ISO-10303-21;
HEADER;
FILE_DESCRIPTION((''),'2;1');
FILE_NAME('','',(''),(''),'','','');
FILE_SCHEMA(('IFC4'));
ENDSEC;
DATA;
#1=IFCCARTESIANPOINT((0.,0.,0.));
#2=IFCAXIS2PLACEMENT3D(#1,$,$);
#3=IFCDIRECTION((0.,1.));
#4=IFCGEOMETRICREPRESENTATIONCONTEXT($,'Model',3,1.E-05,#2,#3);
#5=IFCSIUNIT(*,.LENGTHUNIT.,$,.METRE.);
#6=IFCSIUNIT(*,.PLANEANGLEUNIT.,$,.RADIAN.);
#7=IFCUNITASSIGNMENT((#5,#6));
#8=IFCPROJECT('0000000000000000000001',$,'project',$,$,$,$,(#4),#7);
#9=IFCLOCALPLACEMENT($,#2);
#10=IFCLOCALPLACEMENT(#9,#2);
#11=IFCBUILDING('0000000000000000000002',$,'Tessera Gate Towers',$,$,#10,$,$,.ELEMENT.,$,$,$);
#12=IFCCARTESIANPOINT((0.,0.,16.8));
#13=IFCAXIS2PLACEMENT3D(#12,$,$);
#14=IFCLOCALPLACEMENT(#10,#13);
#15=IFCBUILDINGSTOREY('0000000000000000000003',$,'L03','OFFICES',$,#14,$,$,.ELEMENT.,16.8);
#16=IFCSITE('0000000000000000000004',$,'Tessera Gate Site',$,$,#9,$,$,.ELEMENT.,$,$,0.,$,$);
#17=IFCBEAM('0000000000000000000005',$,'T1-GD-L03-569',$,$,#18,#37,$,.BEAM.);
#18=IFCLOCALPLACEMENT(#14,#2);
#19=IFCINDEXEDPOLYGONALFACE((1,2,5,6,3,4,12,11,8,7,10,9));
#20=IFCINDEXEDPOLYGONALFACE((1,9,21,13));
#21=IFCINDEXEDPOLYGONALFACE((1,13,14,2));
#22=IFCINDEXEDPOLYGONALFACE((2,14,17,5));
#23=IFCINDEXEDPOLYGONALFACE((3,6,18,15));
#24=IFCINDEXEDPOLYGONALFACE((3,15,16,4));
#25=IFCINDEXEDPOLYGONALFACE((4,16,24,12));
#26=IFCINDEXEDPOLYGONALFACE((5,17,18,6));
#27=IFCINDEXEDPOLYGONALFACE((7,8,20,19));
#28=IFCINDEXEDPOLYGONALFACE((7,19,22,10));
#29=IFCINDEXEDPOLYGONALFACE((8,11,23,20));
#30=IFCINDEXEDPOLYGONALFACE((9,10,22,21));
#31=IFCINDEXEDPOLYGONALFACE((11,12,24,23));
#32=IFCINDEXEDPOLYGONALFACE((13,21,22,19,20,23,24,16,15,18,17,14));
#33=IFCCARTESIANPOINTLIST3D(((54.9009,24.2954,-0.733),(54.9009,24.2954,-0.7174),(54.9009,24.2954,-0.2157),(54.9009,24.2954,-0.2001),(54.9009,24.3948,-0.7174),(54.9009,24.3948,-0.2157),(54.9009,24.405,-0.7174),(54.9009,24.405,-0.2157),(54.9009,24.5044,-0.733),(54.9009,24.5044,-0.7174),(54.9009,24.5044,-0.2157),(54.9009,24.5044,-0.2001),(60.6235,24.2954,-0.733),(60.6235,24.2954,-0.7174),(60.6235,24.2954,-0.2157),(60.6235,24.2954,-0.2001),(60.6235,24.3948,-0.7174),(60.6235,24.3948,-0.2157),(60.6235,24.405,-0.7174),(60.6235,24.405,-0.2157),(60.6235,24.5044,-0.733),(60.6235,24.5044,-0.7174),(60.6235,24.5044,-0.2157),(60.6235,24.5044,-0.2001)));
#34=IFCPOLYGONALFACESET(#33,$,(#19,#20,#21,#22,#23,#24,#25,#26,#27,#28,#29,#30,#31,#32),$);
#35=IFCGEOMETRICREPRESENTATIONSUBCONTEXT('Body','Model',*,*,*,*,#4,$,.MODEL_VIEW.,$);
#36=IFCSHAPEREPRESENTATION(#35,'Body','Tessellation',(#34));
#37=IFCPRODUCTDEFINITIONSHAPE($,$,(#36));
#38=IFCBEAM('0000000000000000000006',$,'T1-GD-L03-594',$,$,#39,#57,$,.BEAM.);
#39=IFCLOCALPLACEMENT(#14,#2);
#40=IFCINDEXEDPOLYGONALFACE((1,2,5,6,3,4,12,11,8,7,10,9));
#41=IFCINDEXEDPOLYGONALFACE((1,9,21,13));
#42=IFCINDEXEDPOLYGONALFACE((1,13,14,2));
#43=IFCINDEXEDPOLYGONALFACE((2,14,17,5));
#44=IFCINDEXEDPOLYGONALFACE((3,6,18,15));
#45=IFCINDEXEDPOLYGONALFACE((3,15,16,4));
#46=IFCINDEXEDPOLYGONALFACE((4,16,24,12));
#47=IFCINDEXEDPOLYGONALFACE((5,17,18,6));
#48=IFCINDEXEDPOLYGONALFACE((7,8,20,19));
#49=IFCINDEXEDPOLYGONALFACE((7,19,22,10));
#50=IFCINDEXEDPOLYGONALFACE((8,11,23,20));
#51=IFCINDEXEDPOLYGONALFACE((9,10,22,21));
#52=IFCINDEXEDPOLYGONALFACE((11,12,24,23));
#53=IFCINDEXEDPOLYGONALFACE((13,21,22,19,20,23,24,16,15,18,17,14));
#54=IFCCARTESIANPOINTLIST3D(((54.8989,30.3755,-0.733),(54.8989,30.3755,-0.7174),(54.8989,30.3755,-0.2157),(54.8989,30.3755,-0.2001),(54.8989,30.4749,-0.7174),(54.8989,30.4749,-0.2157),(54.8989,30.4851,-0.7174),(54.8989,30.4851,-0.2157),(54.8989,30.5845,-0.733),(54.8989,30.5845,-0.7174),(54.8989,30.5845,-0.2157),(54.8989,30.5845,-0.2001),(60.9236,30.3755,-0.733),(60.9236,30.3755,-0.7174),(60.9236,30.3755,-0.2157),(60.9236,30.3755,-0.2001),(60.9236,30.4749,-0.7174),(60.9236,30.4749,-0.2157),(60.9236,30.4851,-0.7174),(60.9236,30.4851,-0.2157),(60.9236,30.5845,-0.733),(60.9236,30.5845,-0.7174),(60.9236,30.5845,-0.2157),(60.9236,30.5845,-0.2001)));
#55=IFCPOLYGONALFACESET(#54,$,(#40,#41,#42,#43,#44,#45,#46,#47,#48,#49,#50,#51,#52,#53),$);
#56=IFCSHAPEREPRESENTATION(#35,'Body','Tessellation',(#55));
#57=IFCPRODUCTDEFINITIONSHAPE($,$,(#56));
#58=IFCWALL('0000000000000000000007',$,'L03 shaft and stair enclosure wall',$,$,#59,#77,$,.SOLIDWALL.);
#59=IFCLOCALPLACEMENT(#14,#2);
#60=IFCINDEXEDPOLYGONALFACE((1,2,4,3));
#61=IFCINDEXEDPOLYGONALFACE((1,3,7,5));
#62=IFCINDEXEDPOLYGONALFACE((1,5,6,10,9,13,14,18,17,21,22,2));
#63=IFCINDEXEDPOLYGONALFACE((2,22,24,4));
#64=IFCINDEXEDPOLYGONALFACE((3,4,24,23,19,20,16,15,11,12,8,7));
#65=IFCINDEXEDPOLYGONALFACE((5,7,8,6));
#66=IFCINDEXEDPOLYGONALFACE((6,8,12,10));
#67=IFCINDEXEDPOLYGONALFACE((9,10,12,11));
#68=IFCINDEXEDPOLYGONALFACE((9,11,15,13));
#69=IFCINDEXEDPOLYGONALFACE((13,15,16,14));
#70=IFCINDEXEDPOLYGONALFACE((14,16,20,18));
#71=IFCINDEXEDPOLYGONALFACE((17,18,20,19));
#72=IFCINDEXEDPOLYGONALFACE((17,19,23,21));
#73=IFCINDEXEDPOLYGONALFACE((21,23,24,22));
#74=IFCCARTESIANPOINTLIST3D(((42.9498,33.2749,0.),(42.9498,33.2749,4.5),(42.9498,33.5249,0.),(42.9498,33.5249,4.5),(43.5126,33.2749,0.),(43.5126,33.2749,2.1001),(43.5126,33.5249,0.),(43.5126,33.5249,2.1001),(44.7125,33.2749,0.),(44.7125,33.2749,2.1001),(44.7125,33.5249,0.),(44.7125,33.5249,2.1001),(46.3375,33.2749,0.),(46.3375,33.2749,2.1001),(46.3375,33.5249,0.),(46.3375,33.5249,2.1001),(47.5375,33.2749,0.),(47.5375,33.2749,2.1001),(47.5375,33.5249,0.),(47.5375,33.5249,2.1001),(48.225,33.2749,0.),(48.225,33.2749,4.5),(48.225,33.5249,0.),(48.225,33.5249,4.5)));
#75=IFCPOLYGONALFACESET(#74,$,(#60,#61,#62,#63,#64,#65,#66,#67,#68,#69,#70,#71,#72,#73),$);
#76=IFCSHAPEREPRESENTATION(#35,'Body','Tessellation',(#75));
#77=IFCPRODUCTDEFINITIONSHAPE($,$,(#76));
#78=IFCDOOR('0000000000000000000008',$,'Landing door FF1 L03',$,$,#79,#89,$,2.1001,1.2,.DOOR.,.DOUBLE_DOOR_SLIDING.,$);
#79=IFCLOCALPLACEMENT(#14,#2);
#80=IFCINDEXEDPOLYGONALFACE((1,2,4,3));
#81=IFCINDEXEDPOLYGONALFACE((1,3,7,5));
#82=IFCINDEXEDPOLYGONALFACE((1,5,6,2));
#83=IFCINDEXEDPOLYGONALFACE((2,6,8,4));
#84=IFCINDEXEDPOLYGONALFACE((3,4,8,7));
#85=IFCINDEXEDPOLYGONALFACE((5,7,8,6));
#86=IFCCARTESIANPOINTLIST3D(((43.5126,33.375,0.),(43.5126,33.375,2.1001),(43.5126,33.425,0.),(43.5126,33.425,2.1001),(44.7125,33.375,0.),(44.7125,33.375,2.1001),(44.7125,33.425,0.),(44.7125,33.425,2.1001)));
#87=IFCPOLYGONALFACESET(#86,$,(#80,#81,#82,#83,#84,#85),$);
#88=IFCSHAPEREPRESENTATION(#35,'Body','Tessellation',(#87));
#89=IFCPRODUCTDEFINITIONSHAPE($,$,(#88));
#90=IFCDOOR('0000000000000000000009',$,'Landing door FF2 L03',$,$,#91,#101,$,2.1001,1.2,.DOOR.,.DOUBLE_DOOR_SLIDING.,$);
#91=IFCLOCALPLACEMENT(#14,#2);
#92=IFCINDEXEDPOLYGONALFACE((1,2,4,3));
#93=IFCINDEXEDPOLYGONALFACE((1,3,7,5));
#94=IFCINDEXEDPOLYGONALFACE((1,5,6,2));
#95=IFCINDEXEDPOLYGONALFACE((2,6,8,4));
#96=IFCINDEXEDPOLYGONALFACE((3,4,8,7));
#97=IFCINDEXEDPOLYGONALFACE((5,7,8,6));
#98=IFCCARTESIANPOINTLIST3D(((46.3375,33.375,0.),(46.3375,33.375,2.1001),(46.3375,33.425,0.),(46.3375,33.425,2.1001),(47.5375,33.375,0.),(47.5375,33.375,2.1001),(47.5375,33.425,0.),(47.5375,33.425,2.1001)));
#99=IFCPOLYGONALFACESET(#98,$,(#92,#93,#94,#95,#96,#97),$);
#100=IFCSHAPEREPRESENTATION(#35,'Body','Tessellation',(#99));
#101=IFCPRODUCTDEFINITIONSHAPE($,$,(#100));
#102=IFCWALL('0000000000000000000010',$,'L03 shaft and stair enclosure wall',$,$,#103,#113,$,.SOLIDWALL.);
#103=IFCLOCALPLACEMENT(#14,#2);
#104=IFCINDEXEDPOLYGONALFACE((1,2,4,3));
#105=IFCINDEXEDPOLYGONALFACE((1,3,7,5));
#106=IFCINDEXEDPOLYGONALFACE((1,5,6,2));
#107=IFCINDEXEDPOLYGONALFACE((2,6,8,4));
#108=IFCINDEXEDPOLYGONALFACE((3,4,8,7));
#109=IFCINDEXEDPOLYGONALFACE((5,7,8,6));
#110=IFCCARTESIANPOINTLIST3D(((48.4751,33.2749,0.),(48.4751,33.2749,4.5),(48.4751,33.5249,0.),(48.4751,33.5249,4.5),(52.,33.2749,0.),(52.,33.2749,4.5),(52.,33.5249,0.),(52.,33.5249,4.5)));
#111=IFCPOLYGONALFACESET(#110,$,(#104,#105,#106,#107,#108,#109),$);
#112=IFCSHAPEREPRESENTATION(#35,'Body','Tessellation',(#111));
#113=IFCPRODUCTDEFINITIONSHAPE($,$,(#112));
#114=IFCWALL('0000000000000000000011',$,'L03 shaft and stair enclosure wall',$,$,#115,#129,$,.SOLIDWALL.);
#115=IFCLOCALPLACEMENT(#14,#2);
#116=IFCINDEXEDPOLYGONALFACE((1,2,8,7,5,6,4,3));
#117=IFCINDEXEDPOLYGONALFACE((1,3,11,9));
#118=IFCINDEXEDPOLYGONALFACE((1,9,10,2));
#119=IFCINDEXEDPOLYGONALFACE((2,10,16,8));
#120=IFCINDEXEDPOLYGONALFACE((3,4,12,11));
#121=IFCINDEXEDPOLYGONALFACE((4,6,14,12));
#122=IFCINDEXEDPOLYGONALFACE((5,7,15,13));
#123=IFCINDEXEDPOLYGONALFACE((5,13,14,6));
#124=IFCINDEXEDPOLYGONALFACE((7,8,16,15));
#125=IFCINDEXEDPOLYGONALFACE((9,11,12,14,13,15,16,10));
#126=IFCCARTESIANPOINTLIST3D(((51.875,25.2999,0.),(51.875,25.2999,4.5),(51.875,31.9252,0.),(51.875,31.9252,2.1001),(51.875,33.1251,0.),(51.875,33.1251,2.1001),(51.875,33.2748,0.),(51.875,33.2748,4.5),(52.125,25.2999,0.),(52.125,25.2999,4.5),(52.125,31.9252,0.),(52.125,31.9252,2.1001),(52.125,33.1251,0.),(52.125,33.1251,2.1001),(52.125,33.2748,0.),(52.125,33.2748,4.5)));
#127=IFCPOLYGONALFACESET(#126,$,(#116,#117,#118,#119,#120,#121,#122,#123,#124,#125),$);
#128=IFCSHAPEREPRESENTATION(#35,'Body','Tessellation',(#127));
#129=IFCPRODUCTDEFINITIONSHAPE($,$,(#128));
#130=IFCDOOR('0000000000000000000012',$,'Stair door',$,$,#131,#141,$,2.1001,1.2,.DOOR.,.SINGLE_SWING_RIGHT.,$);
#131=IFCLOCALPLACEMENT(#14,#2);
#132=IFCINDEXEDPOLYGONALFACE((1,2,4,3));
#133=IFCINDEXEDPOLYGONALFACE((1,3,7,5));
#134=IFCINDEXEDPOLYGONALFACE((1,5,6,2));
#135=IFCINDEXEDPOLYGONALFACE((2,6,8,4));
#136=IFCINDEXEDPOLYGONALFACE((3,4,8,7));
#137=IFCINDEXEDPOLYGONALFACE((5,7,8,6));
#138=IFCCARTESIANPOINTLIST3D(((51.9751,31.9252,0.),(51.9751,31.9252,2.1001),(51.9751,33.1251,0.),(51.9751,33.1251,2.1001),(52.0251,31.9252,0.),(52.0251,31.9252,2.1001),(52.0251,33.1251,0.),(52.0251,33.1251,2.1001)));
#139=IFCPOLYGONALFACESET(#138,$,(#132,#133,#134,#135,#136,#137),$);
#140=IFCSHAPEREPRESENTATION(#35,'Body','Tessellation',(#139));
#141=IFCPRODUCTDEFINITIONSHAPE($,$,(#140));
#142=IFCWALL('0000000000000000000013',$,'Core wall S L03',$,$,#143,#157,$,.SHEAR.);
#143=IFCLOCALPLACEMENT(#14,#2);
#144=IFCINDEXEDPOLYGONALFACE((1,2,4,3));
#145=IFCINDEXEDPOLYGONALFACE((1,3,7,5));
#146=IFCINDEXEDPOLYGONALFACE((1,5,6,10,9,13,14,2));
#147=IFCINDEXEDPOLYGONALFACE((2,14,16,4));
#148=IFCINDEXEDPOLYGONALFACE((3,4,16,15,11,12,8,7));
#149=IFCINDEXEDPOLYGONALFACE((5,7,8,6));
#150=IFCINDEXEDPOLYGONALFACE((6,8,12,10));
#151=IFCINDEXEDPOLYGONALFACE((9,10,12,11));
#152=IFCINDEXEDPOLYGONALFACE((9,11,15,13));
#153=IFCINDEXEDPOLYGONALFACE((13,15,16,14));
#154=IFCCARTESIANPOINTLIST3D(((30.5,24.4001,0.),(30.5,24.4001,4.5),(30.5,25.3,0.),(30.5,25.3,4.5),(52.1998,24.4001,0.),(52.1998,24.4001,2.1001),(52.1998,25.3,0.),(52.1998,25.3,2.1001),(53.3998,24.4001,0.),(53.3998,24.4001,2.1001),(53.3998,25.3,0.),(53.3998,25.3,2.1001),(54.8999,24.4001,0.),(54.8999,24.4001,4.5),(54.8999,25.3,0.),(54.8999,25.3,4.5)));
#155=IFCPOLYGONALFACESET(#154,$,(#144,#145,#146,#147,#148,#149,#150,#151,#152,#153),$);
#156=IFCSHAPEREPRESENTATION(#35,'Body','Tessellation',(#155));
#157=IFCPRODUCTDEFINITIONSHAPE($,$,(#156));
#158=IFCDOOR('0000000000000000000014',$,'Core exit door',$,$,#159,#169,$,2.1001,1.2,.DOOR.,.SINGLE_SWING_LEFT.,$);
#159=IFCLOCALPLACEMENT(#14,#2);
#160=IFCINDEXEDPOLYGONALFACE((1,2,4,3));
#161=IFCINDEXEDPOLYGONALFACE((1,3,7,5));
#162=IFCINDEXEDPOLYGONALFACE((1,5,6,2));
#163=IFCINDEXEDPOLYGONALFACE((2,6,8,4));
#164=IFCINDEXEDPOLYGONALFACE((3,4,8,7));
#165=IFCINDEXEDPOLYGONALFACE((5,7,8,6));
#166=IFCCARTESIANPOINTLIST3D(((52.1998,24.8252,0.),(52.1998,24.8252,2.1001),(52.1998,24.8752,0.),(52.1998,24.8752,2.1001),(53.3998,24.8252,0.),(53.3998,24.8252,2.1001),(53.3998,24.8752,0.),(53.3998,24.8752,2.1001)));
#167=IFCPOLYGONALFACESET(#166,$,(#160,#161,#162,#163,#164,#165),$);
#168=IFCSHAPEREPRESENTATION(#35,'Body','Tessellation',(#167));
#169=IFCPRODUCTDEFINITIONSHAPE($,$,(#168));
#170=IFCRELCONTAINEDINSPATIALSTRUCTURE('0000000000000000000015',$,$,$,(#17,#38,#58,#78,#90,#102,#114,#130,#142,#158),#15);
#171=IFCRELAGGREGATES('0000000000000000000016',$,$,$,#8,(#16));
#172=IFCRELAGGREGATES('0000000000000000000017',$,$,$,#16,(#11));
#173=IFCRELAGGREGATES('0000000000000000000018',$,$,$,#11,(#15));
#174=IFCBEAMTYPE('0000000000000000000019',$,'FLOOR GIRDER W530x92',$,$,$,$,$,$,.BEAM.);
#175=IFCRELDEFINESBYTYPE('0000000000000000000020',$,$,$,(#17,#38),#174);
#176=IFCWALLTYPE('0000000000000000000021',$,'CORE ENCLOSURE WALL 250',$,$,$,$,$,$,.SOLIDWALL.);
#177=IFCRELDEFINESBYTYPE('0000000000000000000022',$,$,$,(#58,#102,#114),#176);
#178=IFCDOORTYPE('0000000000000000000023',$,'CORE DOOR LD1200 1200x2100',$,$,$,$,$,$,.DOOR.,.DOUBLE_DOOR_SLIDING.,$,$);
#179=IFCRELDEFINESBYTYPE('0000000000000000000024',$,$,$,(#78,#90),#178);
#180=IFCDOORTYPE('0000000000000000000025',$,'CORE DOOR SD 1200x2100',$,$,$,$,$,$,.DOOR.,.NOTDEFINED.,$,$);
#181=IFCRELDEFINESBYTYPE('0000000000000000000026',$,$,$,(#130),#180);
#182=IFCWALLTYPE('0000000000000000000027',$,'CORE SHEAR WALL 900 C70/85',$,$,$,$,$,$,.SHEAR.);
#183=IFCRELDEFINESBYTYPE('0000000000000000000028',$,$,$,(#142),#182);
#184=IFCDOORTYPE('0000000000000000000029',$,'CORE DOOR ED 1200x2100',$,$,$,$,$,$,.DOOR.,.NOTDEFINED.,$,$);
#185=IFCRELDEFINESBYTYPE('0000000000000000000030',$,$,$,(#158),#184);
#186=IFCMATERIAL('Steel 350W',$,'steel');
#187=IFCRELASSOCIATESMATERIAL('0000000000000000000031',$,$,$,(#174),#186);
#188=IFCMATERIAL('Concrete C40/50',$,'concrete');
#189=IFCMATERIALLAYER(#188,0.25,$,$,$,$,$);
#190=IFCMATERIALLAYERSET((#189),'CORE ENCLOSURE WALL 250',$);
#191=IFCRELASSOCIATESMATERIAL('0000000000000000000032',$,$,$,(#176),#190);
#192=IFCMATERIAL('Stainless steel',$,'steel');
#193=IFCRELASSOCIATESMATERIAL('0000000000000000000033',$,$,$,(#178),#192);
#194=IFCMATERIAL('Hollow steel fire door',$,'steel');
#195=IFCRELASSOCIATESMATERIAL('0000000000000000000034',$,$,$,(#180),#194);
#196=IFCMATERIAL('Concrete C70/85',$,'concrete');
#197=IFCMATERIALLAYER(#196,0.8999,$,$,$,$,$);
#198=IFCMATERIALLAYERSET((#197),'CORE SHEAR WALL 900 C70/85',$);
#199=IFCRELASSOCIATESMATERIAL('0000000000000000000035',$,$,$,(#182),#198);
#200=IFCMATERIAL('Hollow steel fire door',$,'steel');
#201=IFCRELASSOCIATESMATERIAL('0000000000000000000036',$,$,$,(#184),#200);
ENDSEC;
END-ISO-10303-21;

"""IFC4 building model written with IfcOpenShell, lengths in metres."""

from ifc_helpers import new_model, si_unit, direction, frame, frame_2d, origin, origin_2d, place, context, subcontext, project, spatial, rectangle, i_section, extrude, source, transform, mapped, material, layer, layer_set, material_profile, profile_set, type_object, element, fill, save


model = new_model("IFC4")

# Units and contexts
model_context = context("Model", 3, precision=1e-05, world=origin(), true_north=direction((0.0, 1.0)))
body_context = subcontext(model_context, "Body", "Model", "MODEL_VIEW")
ifc_project = project(units=[si_unit("LENGTHUNIT", "METRE"), si_unit("PLANEANGLEUNIT", "RADIAN")], contexts=[model_context])

# Site, building, storey
site_placement = place(None, origin())
site = spatial("IfcSite", under=ifc_project, at=site_placement, Name="Tessera Gate Site", CompositionType="ELEMENT", RefElevation=0.0)
building_placement = place(site_placement, origin())
building = spatial("IfcBuilding", under=site, at=building_placement, Name="Tessera Gate Towers", CompositionType="ELEMENT")
storey_placement = place(building_placement, frame((0.0, 0.0, 16.8)))
storey = spatial("IfcBuildingStorey", under=building, at=storey_placement, Name="L03", Description="OFFICES", CompositionType="ELEMENT", Elevation=16.8)

# Beams
ifc_material_1 = material(Name="Steel 350W", Category="steel")
ifc_material_profile = material_profile(ifc_material_1, i_section(OverallWidth=0.209, OverallDepth=0.533, WebThickness=0.0103, FlangeThickness=0.0156, at=origin_2d()), Name="W530x92")
ifc_profile_set = profile_set([ifc_material_profile], Name="Steel 350W")
beam_type = type_object("IfcBeamType", Name="FLOOR GIRDER W530x92", PredefinedType="BEAM", material=ifc_profile_set)
beam_1_placement = place(storey_placement, frame((54.9009, 24.3999, -0.4666), z_axis=(1.0, 0.0, 0.0), x_axis=(0.0, 1.0, 0.0)))
element("IfcBeam", 1, at=beam_1_placement, inside=storey, type_object=beam_type, Name="T1-GD-L03-569", PredefinedType="BEAM", context=body_context, shape_type="SweptSolid", body=[
    extrude(i_section(OverallWidth=0.209, OverallDepth=0.533, WebThickness=0.0103, FlangeThickness=0.0156, at=origin_2d()), origin(), (0.0, 0.0, 1.0), 5.7227),
])
beam_2_placement = place(storey_placement, frame((54.8989, 30.48, -0.4666), z_axis=(1.0, 0.0, 0.0), x_axis=(0.0, 1.0, 0.0)))
element("IfcBeam", 2, at=beam_2_placement, inside=storey, type_object=beam_type, Name="T1-GD-L03-594", PredefinedType="BEAM", context=body_context, shape_type="SweptSolid", body=[
    extrude(i_section(OverallWidth=0.209, OverallDepth=0.533, WebThickness=0.0103, FlangeThickness=0.0156, at=origin_2d()), origin(), (0.0, 0.0, 1.0), 6.0247),
])

# Wall, openings, doors
ifc_material_2 = material(Name="Concrete C40/50", Category="concrete")
ifc_layer_1 = layer(ifc_material_2, 0.25)
ifc_layer_set_1 = layer_set([ifc_layer_1], Name="CORE ENCLOSURE WALL 250")
wall_type_1 = type_object("IfcWallType", Name="CORE ENCLOSURE WALL 250", PredefinedType="SOLIDWALL", material=ifc_layer_set_1)
wall_1_placement = place(storey_placement, frame((48.2251, 33.3999, 0.0), z_axis=(0.0, 0.0, 1.0), x_axis=(-1.0, 0.0, 0.0)))
wall_1 = element("IfcWall", 3, at=wall_1_placement, inside=storey, type_object=wall_type_1, Name="L03 shaft and stair enclosure wall", PredefinedType="SOLIDWALL", context=body_context, shape_type="SweptSolid", body=[
    extrude(rectangle(XDim=5.2751, YDim=0.25, at=frame_2d((2.6377, 0.0))), origin(), (0.0, 0.0, 1.0), 4.5),
])
shared_shape_1 = source(origin(), body_context, "Body", "SweptSolid", [
    extrude(rectangle(XDim=1.2, YDim=2.1001, at=frame_2d((0.6001, 1.05))), frame((0.0, 0.135, 0.0), z_axis=(0.0, -1.0, 0.0), x_axis=(1.0, 0.0, 0.0)), (0.0, 0.0, 1.0), 0.27),
])
opening_1_placement = place(wall_1_placement, frame((3.5125, 0.0, 0.0)))
opening_1 = element("IfcOpeningElement", 4, at=opening_1_placement, cuts=wall_1, PredefinedType="OPENING", context=body_context, shape_type="MappedRepresentation", body=[
    mapped(shared_shape_1, transform((0.0, 0.0, 0.0), scale=1.0)),
])
opening_2_placement = place(wall_1_placement, frame((0.6875, 0.0, 0.0)))
opening_2 = element("IfcOpeningElement", 5, at=opening_2_placement, cuts=wall_1, PredefinedType="OPENING", context=body_context, shape_type="MappedRepresentation", body=[
    mapped(shared_shape_1, transform((0.0, 0.0, 0.0), scale=1.0)),
])
ifc_material_3 = material(Name="Stainless steel", Category="steel")
door_type_1 = type_object("IfcDoorType", Name="CORE DOOR LD1200 1200x2100", OperationType="DOUBLE_DOOR_SLIDING", PredefinedType="DOOR", material=ifc_material_3)
shared_shape_2 = source(origin(), body_context, "Body", "SweptSolid", [
    extrude(rectangle(XDim=1.2, YDim=2.1001, at=frame_2d((0.6001, 1.05))), frame((0.0, 0.0249, 0.0), z_axis=(0.0, -1.0, 0.0), x_axis=(1.0, 0.0, 0.0)), (0.0, 0.0, 1.0), 0.05),
])
door_1_placement = place(opening_1_placement, origin())
door_1 = element("IfcDoor", 6, at=door_1_placement, inside=storey, type_object=door_type_1, Name="Landing door FF1 L03", OperationType="DOUBLE_DOOR_SLIDING", OverallHeight=2.1001, OverallWidth=1.2, PredefinedType="DOOR", context=body_context, shape_type="MappedRepresentation", body=[
    mapped(shared_shape_2, transform((0.0, 0.0, 0.0), scale=1.0)),
])
fill(opening_1, door_1)
door_2_placement = place(opening_2_placement, origin())
door_2 = element("IfcDoor", 7, at=door_2_placement, inside=storey, type_object=door_type_1, Name="Landing door FF2 L03", OperationType="DOUBLE_DOOR_SLIDING", OverallHeight=2.1001, OverallWidth=1.2, PredefinedType="DOOR", context=body_context, shape_type="MappedRepresentation", body=[
    mapped(shared_shape_2, transform((0.0, 0.0, 0.0), scale=1.0)),
])
fill(opening_2, door_2)

# Wall
wall_2_placement = place(storey_placement, frame((48.4751, 33.3999, 0.0), z_axis=(0.0, 0.0, 1.0), x_axis=(1.0, 0.0, 0.0)))
element("IfcWall", 8, at=wall_2_placement, inside=storey, type_object=wall_type_1, Name="L03 shaft and stair enclosure wall", PredefinedType="SOLIDWALL", context=body_context, shape_type="SweptSolid", body=[
    extrude(rectangle(XDim=3.5249, YDim=0.25, at=frame_2d((1.7625, 0.0))), origin(), (0.0, 0.0, 1.0), 4.5),
])

# Walls, openings, doors
wall_3_placement = place(storey_placement, frame((52.0, 25.3, 0.0), z_axis=(0.0, 0.0, 1.0), x_axis=(0.0, 1.0, 0.0)))
wall_3 = element("IfcWall", 9, at=wall_3_placement, inside=storey, type_object=wall_type_1, Name="L03 shaft and stair enclosure wall", PredefinedType="SOLIDWALL", context=body_context, shape_type="SweptSolid", body=[
    extrude(rectangle(XDim=7.9749, YDim=0.25, at=frame_2d((3.9873, 0.0))), origin(), (0.0, 0.0, 1.0), 4.5),
])
opening_3_placement = place(wall_3_placement, frame((6.625, 0.0, 0.0)))
opening_3 = element("IfcOpeningElement", 10, at=opening_3_placement, cuts=wall_3, PredefinedType="OPENING", context=body_context, shape_type="MappedRepresentation", body=[
    mapped(shared_shape_1, transform((0.0, 0.0, 0.0), scale=1.0)),
])
ifc_material_4 = material(Name="Hollow steel fire door", Category="steel")
door_type_2 = type_object("IfcDoorType", Name="CORE DOOR SD 1200x2100", OperationType="NOTDEFINED", PredefinedType="DOOR", material=ifc_material_4)
door_3_placement = place(opening_3_placement, origin())
door_3 = element("IfcDoor", 11, at=door_3_placement, inside=storey, type_object=door_type_2, Name="Stair door", OperationType="SINGLE_SWING_RIGHT", OverallHeight=2.1001, OverallWidth=1.2, PredefinedType="DOOR", context=body_context, shape_type="MappedRepresentation", body=[
    mapped(shared_shape_2, transform((0.0, 0.0, 0.0), scale=1.0)),
])
fill(opening_3, door_3)
ifc_material_5 = material(Name="Concrete C70/85", Category="concrete")
ifc_layer_2 = layer(ifc_material_5, 0.8999)
ifc_layer_set_2 = layer_set([ifc_layer_2], Name="CORE SHEAR WALL 900 C70/85")
wall_type_2 = type_object("IfcWallType", Name="CORE SHEAR WALL 900 C70/85", PredefinedType="SHEAR", material=ifc_layer_set_2)
wall_4_placement = place(storey_placement, frame((54.8999, 24.8501, 0.0), z_axis=(0.0, 0.0, 1.0), x_axis=(-1.0, 0.0, 0.0)))
wall_4 = element("IfcWall", 12, at=wall_4_placement, inside=storey, type_object=wall_type_2, Name="Core wall S L03", PredefinedType="SHEAR", context=body_context, shape_type="SweptSolid", body=[
    extrude(rectangle(XDim=24.3999, YDim=0.8999, at=frame_2d((12.2, 0.0))), origin(), (0.0, 0.0, 1.0), 4.5),
])
shared_shape_3 = source(origin(), body_context, "Body", "SweptSolid", [
    extrude(rectangle(XDim=1.2, YDim=2.1001, at=frame_2d((0.6001, 1.05))), frame((0.0, 0.46, 0.0), z_axis=(0.0, -1.0, 0.0), x_axis=(1.0, 0.0, 0.0)), (0.0, 0.0, 1.0), 0.9199),
])
opening_4_placement = place(wall_4_placement, frame((1.5, 0.0, 0.0)))
opening_4 = element("IfcOpeningElement", 13, at=opening_4_placement, cuts=wall_4, PredefinedType="OPENING", context=body_context, shape_type="MappedRepresentation", body=[
    mapped(shared_shape_3, transform((0.0, 0.0, 0.0), scale=1.0)),
])
ifc_material_6 = material(Name="Hollow steel fire door", Category="steel")
door_type_3 = type_object("IfcDoorType", Name="CORE DOOR ED 1200x2100", OperationType="NOTDEFINED", PredefinedType="DOOR", material=ifc_material_6)
door_4_placement = place(opening_4_placement, origin())
door_4 = element("IfcDoor", 14, at=door_4_placement, inside=storey, type_object=door_type_3, Name="Core exit door", OperationType="SINGLE_SWING_LEFT", OverallHeight=2.1001, OverallWidth=1.2, PredefinedType="DOOR", context=body_context, shape_type="MappedRepresentation", body=[
    mapped(shared_shape_2, transform((0.0, 0.0, 0.0), scale=1.0)),
])
fill(opening_4, door_4)

save(model, "model.ifc")
